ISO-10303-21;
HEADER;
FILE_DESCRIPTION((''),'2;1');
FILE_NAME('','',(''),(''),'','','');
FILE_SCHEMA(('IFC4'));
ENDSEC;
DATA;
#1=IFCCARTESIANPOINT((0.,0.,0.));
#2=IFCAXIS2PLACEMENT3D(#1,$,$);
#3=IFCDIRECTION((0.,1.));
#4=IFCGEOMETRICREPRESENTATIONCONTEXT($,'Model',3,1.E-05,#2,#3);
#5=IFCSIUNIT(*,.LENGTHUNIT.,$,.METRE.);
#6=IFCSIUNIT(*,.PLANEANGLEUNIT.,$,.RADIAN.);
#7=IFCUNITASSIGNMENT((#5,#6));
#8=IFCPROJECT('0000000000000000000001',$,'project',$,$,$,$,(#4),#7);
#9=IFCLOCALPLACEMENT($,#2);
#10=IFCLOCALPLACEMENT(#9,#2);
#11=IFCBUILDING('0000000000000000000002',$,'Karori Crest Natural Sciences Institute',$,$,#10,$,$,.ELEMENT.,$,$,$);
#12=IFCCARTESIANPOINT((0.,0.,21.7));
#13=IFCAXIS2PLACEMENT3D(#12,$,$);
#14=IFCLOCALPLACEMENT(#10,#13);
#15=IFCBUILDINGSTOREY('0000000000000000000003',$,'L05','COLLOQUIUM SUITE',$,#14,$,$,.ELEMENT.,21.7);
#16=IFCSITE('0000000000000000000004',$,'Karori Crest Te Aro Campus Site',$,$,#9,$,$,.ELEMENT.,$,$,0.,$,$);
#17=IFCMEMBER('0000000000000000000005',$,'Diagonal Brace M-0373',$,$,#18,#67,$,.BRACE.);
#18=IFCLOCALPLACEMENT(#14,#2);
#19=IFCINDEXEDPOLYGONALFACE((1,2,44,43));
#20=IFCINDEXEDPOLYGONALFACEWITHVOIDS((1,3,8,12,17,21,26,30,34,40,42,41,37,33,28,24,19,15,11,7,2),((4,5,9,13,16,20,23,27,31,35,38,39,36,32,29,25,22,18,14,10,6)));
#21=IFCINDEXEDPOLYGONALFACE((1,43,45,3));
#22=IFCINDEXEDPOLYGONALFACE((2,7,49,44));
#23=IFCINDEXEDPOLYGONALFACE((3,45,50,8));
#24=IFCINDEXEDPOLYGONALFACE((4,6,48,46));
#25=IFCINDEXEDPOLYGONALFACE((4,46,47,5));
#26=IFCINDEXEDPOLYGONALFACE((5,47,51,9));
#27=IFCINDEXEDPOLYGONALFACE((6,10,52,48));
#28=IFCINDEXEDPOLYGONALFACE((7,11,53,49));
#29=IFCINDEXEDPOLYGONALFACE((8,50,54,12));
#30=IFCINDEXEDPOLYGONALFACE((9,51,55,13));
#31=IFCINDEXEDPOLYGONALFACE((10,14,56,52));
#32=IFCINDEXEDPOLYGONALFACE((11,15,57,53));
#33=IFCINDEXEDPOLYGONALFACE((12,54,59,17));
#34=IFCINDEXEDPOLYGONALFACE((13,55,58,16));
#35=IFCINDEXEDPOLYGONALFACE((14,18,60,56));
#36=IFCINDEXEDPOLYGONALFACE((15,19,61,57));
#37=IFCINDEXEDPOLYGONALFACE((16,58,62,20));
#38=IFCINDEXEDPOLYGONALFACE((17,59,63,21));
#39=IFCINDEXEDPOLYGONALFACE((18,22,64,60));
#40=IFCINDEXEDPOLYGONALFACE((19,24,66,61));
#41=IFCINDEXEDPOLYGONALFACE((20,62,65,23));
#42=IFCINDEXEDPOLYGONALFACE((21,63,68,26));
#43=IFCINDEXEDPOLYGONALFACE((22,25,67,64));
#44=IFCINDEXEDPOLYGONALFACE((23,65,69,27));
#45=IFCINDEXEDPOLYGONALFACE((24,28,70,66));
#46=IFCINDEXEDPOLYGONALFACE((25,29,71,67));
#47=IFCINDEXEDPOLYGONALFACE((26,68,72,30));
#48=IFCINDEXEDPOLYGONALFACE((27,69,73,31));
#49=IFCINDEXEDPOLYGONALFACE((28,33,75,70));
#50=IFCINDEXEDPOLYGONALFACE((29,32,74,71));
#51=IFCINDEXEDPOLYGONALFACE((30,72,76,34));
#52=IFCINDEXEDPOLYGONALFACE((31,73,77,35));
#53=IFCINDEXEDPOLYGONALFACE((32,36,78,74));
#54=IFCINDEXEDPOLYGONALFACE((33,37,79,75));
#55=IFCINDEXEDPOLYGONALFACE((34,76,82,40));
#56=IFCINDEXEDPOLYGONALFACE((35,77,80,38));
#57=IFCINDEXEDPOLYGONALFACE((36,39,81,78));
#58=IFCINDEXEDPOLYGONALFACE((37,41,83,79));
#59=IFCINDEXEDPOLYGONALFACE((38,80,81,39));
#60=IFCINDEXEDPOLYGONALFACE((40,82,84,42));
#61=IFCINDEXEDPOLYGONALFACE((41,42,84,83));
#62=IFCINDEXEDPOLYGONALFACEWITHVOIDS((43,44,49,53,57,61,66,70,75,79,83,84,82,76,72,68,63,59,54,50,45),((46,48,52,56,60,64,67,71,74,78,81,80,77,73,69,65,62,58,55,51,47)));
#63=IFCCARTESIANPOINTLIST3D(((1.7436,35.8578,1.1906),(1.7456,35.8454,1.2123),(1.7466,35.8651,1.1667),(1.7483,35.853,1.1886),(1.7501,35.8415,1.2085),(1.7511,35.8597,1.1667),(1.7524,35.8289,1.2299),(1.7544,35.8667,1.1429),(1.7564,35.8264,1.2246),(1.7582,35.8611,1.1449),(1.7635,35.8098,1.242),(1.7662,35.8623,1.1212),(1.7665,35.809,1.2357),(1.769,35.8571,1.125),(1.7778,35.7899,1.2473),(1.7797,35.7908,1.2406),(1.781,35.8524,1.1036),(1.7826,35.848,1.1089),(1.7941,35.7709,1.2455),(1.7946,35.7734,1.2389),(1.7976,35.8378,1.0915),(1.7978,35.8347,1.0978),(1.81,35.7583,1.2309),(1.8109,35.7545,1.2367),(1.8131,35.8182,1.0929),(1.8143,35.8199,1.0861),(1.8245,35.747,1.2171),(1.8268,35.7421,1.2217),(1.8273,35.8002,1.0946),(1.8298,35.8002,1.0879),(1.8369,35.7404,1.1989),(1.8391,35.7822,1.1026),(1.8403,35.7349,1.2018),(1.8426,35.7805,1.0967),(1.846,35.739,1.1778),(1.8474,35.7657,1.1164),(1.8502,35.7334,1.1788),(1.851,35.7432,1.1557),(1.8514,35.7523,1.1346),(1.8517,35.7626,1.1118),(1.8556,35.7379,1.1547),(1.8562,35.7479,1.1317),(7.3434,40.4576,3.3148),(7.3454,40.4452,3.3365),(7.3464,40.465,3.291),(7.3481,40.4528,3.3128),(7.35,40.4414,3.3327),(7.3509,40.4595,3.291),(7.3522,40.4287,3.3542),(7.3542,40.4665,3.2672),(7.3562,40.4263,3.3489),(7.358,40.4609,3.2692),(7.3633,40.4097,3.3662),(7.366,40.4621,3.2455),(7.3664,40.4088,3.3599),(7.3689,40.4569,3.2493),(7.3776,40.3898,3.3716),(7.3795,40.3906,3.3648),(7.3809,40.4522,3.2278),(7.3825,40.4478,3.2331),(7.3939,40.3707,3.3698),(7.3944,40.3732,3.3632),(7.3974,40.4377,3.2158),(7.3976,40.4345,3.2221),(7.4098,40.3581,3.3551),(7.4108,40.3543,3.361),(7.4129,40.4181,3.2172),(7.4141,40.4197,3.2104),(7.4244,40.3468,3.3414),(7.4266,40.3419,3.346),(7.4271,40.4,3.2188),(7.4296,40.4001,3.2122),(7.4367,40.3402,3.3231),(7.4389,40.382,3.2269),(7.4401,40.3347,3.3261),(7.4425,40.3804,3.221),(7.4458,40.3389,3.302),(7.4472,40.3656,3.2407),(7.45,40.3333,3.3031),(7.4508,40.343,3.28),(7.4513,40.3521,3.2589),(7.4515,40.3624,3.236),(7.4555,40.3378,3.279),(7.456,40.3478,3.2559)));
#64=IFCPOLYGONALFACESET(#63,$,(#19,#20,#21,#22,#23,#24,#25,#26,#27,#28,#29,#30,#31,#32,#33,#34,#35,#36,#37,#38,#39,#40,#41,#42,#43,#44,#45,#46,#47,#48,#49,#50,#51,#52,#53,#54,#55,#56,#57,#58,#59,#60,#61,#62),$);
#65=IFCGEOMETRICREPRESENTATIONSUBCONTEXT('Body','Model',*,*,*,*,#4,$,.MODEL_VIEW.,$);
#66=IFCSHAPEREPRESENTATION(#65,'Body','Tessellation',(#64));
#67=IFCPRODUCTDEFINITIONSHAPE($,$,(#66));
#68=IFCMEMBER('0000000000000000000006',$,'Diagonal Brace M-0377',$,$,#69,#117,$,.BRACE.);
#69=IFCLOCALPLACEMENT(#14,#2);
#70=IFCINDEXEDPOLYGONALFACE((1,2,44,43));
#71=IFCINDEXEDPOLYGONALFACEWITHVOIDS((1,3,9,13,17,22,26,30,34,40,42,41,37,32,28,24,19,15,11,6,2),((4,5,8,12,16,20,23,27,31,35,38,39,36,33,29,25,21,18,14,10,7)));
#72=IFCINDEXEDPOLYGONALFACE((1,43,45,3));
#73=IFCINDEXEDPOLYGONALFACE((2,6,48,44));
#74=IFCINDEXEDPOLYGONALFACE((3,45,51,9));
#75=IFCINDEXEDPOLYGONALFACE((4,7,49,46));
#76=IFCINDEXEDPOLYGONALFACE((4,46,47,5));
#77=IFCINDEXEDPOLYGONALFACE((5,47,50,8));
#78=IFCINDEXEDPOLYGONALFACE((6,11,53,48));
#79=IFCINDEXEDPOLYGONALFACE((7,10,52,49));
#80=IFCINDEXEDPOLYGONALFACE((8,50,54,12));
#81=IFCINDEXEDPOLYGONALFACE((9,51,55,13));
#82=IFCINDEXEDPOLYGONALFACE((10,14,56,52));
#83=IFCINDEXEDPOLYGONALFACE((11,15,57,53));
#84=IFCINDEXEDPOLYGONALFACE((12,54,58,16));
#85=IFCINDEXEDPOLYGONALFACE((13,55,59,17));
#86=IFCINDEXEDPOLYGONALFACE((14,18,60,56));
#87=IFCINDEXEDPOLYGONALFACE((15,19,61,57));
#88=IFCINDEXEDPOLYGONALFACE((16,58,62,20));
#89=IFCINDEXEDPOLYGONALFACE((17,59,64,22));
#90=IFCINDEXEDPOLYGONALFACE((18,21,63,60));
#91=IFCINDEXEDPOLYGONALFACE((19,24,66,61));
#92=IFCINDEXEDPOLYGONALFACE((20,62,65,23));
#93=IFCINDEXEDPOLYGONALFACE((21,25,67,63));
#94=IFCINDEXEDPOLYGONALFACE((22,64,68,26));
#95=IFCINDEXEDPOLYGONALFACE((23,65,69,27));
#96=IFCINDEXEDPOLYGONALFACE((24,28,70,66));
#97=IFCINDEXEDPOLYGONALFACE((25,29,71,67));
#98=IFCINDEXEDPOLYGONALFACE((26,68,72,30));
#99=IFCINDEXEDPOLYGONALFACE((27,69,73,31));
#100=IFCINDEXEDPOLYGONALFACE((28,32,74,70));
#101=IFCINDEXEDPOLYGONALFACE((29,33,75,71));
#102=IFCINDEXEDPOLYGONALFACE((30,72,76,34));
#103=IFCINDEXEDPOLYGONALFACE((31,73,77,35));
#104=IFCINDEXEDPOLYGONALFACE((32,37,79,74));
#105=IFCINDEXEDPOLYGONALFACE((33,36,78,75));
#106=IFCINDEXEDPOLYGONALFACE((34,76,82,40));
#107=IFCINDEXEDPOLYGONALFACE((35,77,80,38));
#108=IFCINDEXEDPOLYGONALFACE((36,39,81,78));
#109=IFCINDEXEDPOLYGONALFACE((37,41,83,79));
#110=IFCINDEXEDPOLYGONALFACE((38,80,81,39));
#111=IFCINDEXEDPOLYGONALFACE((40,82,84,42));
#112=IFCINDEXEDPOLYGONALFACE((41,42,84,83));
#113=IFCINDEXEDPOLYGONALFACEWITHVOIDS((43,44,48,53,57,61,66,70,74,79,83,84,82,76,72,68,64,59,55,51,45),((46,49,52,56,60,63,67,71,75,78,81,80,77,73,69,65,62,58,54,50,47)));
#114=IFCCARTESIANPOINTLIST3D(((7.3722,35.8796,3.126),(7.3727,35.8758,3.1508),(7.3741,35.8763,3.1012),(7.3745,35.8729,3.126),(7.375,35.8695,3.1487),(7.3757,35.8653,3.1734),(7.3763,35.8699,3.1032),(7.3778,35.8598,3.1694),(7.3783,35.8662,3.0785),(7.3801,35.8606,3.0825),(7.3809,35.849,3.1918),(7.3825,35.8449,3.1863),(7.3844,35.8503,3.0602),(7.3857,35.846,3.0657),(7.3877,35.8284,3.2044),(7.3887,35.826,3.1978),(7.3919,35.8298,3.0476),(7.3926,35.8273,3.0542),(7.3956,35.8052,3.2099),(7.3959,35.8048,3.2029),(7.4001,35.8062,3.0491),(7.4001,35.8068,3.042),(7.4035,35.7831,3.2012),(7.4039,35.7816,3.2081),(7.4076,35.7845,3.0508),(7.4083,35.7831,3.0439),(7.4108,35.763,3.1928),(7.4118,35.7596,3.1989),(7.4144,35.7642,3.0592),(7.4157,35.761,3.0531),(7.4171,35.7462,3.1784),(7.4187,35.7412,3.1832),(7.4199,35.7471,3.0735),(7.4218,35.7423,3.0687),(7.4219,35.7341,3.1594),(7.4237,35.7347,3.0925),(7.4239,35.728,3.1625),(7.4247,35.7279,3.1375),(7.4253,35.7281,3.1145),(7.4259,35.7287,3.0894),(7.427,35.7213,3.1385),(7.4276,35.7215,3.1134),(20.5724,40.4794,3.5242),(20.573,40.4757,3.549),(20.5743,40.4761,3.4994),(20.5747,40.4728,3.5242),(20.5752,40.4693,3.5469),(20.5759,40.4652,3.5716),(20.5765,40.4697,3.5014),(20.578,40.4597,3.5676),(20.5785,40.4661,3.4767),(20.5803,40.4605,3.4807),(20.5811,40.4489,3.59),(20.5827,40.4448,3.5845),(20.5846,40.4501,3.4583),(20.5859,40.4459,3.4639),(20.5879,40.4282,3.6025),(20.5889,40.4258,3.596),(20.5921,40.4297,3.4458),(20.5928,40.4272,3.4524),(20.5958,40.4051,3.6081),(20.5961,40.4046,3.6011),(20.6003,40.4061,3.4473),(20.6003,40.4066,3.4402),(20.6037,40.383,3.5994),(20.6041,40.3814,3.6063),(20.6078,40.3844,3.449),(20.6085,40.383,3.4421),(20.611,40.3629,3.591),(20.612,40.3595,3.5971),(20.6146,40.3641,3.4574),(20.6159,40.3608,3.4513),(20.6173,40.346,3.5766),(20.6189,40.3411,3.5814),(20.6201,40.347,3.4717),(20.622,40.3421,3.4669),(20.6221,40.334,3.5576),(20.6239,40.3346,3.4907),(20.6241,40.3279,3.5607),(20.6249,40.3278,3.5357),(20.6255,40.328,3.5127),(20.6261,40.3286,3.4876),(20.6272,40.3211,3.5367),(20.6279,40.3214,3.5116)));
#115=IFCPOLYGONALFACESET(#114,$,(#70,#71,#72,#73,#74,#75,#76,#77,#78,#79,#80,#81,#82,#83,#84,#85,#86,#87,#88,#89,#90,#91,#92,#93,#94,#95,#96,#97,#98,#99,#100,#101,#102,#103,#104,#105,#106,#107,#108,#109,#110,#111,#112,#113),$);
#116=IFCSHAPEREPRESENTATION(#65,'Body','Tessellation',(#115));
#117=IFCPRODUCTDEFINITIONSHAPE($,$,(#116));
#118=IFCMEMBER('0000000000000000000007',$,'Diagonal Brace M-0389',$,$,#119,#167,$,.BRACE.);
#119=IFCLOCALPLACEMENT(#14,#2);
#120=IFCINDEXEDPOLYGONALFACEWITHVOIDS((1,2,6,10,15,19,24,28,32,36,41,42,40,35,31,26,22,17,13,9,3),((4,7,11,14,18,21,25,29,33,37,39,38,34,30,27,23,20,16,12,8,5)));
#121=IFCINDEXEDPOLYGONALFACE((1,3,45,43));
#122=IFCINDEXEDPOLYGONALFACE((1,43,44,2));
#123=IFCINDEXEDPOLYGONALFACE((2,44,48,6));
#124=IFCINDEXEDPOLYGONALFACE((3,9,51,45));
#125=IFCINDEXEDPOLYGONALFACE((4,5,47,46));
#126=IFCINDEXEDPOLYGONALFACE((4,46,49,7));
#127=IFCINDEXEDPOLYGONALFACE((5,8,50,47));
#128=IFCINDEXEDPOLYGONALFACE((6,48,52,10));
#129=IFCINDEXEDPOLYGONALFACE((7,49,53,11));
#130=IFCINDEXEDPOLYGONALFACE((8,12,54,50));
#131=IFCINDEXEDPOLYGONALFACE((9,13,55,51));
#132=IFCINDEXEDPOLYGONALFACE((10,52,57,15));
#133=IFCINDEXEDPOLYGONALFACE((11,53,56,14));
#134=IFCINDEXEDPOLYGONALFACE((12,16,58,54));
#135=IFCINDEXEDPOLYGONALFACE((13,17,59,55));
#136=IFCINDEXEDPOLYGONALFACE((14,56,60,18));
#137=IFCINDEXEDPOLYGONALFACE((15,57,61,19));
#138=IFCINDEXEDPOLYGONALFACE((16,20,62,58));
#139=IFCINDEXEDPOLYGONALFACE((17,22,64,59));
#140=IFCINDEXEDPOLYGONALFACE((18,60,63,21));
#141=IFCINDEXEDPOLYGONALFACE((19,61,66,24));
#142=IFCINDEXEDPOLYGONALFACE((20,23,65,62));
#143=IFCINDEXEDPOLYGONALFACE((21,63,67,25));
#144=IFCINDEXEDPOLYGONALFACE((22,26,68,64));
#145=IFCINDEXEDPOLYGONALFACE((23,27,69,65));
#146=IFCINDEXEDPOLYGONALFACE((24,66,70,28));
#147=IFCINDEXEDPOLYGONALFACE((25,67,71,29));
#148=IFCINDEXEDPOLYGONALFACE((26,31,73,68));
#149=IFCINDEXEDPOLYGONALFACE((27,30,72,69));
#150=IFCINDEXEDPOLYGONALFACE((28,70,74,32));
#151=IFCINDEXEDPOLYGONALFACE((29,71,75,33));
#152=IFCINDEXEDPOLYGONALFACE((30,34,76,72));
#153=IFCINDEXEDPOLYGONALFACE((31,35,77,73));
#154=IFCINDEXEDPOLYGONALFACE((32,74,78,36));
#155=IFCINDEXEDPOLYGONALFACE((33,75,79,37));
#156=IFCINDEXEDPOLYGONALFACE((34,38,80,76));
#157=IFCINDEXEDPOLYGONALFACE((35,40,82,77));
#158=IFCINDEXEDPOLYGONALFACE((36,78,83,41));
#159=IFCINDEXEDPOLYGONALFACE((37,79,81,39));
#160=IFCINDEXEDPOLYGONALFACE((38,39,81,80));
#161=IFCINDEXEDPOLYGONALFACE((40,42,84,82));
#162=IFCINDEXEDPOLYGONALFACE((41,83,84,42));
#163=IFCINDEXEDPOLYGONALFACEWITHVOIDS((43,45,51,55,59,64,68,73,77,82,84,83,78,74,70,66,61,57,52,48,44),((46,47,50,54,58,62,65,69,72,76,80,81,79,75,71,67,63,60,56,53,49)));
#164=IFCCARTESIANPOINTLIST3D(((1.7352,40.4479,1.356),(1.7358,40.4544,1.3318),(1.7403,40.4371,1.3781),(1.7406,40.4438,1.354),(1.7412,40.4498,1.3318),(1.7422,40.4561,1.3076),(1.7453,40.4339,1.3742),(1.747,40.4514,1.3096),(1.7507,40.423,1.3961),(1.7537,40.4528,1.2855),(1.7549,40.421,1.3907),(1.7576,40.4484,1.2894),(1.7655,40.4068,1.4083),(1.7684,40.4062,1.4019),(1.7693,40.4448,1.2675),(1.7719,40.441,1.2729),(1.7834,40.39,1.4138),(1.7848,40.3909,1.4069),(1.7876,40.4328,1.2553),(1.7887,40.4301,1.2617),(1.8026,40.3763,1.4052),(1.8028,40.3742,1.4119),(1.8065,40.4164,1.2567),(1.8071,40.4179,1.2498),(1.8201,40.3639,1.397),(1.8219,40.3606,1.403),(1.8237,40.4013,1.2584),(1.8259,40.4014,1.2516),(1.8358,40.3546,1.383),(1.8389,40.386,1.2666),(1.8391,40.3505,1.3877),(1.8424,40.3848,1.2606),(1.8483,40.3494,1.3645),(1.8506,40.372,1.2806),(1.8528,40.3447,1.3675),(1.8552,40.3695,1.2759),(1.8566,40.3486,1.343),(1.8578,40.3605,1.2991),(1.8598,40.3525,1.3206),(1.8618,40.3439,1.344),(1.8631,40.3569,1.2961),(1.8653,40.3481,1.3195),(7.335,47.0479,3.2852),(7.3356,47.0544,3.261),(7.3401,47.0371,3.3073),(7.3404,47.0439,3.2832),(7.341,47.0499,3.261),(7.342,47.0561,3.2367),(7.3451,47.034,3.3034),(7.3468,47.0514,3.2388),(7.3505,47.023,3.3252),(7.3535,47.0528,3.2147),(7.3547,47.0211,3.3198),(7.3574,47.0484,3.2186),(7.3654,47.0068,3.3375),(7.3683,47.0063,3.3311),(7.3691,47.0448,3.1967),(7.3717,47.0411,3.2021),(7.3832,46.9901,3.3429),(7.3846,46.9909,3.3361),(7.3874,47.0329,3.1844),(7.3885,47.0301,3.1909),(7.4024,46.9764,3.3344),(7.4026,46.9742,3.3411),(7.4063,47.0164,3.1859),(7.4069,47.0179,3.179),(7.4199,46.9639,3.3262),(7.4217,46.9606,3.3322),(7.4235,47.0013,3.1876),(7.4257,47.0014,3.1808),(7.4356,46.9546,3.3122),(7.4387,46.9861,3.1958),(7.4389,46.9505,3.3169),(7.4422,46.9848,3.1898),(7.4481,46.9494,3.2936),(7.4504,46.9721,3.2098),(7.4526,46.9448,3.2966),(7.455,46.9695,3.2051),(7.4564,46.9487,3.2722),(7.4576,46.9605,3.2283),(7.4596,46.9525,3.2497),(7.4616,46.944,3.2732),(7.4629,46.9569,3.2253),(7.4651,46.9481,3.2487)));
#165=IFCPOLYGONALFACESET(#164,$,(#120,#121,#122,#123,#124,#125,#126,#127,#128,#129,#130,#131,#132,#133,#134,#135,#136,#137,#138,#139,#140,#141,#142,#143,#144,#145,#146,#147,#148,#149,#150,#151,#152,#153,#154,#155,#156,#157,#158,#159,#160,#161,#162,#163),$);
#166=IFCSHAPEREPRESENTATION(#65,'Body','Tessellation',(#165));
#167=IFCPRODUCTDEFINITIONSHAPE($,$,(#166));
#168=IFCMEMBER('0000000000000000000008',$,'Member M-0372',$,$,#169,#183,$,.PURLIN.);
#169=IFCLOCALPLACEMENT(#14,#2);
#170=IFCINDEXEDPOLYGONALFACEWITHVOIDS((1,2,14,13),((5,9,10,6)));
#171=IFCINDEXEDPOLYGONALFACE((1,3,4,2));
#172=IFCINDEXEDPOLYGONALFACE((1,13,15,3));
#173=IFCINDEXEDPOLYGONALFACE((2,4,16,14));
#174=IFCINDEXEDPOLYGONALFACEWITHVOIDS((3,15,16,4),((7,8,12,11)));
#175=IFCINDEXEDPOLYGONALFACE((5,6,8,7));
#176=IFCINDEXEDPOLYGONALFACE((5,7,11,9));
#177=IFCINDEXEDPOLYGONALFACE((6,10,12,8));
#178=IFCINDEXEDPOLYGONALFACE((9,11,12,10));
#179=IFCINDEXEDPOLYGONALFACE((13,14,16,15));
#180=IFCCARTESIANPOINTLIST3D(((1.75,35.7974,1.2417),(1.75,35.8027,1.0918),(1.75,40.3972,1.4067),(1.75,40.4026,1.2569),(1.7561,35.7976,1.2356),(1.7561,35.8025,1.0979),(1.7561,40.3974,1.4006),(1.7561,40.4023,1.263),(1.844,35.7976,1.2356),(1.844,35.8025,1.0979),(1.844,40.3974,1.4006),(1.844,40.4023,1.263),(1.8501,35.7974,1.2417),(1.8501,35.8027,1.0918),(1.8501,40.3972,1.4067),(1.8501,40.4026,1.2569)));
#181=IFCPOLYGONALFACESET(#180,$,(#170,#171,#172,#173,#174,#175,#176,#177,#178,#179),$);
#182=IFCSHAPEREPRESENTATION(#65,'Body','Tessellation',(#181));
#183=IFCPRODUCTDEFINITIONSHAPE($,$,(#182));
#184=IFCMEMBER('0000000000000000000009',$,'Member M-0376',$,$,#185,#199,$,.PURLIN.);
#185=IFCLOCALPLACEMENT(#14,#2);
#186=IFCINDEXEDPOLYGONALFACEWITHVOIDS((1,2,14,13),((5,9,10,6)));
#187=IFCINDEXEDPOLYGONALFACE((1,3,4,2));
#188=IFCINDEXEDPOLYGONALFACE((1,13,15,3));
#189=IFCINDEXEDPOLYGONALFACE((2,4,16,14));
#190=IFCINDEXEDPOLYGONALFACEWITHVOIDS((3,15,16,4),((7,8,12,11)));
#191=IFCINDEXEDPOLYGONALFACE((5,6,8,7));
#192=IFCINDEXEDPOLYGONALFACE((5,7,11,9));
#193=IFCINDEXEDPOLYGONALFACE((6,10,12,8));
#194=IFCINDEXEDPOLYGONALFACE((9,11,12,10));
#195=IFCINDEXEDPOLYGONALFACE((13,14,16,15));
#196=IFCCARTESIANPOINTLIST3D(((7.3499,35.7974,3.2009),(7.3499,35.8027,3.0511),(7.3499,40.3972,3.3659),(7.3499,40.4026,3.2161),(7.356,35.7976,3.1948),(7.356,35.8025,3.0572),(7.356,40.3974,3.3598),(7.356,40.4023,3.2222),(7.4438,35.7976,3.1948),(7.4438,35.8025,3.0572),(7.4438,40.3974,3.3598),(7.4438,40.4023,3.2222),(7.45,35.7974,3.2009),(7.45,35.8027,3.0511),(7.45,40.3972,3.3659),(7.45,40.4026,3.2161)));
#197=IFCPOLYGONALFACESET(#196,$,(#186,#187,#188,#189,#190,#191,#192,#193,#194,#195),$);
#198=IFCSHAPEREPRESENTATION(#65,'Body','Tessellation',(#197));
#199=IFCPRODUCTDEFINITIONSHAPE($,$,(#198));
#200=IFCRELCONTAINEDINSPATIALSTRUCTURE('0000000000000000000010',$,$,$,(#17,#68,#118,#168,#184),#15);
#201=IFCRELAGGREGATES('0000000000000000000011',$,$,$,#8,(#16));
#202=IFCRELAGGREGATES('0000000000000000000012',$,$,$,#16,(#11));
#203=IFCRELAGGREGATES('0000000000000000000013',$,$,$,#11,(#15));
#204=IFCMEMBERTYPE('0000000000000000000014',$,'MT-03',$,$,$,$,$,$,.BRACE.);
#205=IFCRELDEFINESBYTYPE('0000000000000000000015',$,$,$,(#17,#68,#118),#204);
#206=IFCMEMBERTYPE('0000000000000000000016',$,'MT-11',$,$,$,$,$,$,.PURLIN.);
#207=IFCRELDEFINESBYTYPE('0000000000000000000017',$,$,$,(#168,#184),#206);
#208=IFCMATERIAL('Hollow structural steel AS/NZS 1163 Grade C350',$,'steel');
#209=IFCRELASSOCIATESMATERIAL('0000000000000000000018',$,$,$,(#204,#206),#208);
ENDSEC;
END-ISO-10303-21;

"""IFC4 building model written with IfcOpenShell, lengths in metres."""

from ifc_helpers import new_model, si_unit, direction, frame, origin, origin_2d, place, context, subcontext, project, spatial, hollow_rectangle, hollow_circle, extrude, material, material_profile, profile_set, type_object, element, save


model = new_model("IFC4")

# Units and contexts
model_context = context("Model", 3, precision=1e-05, world=origin(), true_north=direction((0.0, 1.0)))
body_context = subcontext(model_context, "Body", "Model", "MODEL_VIEW")
ifc_project = project(units=[si_unit("LENGTHUNIT", "METRE"), si_unit("PLANEANGLEUNIT", "RADIAN")], contexts=[model_context])

# Site, building, storey
site_placement = place(None, origin())
site = spatial("IfcSite", under=ifc_project, at=site_placement, Name="Karori Crest Te Aro Campus Site", CompositionType="ELEMENT", RefElevation=0.0)
building_placement = place(site_placement, origin())
building = spatial("IfcBuilding", under=site, at=building_placement, Name="Karori Crest Natural Sciences Institute", CompositionType="ELEMENT")
storey_placement = place(building_placement, frame((0.0, 0.0, 21.7)))
storey = spatial("IfcBuildingStorey", under=building, at=storey_placement, Name="L05", Description="COLLOQUIUM SUITE", CompositionType="ELEMENT", Elevation=21.7)

# Members
ifc_material_1 = material(Name="Hollow structural steel AS/NZS 1163 Grade C350", Category="steel")
ifc_material_profile_1 = material_profile(ifc_material_1, hollow_circle(Radius=0.0842, WallThickness=0.0071, at=origin_2d()), Name="CHS168.3x7.1")
ifc_profile_set_1 = profile_set([ifc_material_profile_1], Name="Hollow structural steel AS/NZS 1163 Grade C350")
member_type_1 = type_object("IfcMemberType", Name="MT-03", PredefinedType="BRACE", material=ifc_profile_set_1)
member_1_placement = place(storey_placement, frame((1.8, 35.8, 1.1667), z_axis=(0.741527, 0.609108, 0.281293), x_axis=(-0.634737, 0.772728, 0.0)))
element("IfcMember", 1, at=member_1_placement, inside=storey, type_object=member_type_1, Name="Diagonal Brace M-0373", PredefinedType="BRACE", context=body_context, shape_type="SweptSolid", body=[
    extrude(hollow_circle(Radius=0.0842, WallThickness=0.0071, at=origin_2d()), origin(), (0.0, 0.0, 1.0), 7.5518),
])
member_2_placement = place(storey_placement, frame((7.3999, 35.8, 3.126), z_axis=(0.943925, 0.328928, 0.028474), x_axis=(-0.329062, 0.944308, 0.0)))
element("IfcMember", 2, at=member_2_placement, inside=storey, type_object=member_type_1, Name="Diagonal Brace M-0377", PredefinedType="BRACE", context=body_context, shape_type="SweptSolid", body=[
    extrude(hollow_circle(Radius=0.0842, WallThickness=0.0071, at=origin_2d()), origin(), (0.0, 0.0, 1.0), 13.9844),
])
member_3_placement = place(storey_placement, frame((1.8, 40.3999, 1.3318), z_axis=(0.631467, 0.74426, 0.217546), x_axis=(-0.762522, 0.646962, 0.0)))
element("IfcMember", 3, at=member_3_placement, inside=storey, type_object=member_type_1, Name="Diagonal Brace M-0389", PredefinedType="BRACE", context=body_context, shape_type="SweptSolid", body=[
    extrude(hollow_circle(Radius=0.0842, WallThickness=0.0071, at=origin_2d()), origin(), (0.0, 0.0, 1.0), 8.8679),
])
ifc_material_profile_2 = material_profile(ifc_material_1, hollow_rectangle(XDim=0.1001, YDim=0.1499, WallThickness=0.0061, at=origin_2d()), Name="RHS150x100x6")
ifc_profile_set_2 = profile_set([ifc_material_profile_2], Name="Hollow structural steel AS/NZS 1163 Grade C350")
member_type_2 = type_object("IfcMemberType", Name="MT-11", PredefinedType="PURLIN", material=ifc_profile_set_2)
for number, where, z_axis, x_axis, name in (
    (4, (1.8, 35.8, 1.1667), (0.0, 0.999357, 0.035856), (-1.0, 0.0, 0.0), "Member M-0372"),
    (5, (7.3999, 35.8, 3.126), (0.0, 0.999357, 0.035856), (-1.0, 0.0, 0.0), "Member M-0376"),
):
    element("IfcMember", number, at=place(storey_placement, frame(where, z_axis=z_axis, x_axis=x_axis)), inside=storey, type_object=member_type_2, Name=name, PredefinedType="PURLIN", context=body_context, shape_type="SweptSolid", body=[
        extrude(hollow_rectangle(XDim=0.1001, YDim=0.1499, WallThickness=0.0061, at=origin_2d()), origin(), (0.0, 0.0, 1.0), 4.6028),
    ])

save(model, "model.ifc")
